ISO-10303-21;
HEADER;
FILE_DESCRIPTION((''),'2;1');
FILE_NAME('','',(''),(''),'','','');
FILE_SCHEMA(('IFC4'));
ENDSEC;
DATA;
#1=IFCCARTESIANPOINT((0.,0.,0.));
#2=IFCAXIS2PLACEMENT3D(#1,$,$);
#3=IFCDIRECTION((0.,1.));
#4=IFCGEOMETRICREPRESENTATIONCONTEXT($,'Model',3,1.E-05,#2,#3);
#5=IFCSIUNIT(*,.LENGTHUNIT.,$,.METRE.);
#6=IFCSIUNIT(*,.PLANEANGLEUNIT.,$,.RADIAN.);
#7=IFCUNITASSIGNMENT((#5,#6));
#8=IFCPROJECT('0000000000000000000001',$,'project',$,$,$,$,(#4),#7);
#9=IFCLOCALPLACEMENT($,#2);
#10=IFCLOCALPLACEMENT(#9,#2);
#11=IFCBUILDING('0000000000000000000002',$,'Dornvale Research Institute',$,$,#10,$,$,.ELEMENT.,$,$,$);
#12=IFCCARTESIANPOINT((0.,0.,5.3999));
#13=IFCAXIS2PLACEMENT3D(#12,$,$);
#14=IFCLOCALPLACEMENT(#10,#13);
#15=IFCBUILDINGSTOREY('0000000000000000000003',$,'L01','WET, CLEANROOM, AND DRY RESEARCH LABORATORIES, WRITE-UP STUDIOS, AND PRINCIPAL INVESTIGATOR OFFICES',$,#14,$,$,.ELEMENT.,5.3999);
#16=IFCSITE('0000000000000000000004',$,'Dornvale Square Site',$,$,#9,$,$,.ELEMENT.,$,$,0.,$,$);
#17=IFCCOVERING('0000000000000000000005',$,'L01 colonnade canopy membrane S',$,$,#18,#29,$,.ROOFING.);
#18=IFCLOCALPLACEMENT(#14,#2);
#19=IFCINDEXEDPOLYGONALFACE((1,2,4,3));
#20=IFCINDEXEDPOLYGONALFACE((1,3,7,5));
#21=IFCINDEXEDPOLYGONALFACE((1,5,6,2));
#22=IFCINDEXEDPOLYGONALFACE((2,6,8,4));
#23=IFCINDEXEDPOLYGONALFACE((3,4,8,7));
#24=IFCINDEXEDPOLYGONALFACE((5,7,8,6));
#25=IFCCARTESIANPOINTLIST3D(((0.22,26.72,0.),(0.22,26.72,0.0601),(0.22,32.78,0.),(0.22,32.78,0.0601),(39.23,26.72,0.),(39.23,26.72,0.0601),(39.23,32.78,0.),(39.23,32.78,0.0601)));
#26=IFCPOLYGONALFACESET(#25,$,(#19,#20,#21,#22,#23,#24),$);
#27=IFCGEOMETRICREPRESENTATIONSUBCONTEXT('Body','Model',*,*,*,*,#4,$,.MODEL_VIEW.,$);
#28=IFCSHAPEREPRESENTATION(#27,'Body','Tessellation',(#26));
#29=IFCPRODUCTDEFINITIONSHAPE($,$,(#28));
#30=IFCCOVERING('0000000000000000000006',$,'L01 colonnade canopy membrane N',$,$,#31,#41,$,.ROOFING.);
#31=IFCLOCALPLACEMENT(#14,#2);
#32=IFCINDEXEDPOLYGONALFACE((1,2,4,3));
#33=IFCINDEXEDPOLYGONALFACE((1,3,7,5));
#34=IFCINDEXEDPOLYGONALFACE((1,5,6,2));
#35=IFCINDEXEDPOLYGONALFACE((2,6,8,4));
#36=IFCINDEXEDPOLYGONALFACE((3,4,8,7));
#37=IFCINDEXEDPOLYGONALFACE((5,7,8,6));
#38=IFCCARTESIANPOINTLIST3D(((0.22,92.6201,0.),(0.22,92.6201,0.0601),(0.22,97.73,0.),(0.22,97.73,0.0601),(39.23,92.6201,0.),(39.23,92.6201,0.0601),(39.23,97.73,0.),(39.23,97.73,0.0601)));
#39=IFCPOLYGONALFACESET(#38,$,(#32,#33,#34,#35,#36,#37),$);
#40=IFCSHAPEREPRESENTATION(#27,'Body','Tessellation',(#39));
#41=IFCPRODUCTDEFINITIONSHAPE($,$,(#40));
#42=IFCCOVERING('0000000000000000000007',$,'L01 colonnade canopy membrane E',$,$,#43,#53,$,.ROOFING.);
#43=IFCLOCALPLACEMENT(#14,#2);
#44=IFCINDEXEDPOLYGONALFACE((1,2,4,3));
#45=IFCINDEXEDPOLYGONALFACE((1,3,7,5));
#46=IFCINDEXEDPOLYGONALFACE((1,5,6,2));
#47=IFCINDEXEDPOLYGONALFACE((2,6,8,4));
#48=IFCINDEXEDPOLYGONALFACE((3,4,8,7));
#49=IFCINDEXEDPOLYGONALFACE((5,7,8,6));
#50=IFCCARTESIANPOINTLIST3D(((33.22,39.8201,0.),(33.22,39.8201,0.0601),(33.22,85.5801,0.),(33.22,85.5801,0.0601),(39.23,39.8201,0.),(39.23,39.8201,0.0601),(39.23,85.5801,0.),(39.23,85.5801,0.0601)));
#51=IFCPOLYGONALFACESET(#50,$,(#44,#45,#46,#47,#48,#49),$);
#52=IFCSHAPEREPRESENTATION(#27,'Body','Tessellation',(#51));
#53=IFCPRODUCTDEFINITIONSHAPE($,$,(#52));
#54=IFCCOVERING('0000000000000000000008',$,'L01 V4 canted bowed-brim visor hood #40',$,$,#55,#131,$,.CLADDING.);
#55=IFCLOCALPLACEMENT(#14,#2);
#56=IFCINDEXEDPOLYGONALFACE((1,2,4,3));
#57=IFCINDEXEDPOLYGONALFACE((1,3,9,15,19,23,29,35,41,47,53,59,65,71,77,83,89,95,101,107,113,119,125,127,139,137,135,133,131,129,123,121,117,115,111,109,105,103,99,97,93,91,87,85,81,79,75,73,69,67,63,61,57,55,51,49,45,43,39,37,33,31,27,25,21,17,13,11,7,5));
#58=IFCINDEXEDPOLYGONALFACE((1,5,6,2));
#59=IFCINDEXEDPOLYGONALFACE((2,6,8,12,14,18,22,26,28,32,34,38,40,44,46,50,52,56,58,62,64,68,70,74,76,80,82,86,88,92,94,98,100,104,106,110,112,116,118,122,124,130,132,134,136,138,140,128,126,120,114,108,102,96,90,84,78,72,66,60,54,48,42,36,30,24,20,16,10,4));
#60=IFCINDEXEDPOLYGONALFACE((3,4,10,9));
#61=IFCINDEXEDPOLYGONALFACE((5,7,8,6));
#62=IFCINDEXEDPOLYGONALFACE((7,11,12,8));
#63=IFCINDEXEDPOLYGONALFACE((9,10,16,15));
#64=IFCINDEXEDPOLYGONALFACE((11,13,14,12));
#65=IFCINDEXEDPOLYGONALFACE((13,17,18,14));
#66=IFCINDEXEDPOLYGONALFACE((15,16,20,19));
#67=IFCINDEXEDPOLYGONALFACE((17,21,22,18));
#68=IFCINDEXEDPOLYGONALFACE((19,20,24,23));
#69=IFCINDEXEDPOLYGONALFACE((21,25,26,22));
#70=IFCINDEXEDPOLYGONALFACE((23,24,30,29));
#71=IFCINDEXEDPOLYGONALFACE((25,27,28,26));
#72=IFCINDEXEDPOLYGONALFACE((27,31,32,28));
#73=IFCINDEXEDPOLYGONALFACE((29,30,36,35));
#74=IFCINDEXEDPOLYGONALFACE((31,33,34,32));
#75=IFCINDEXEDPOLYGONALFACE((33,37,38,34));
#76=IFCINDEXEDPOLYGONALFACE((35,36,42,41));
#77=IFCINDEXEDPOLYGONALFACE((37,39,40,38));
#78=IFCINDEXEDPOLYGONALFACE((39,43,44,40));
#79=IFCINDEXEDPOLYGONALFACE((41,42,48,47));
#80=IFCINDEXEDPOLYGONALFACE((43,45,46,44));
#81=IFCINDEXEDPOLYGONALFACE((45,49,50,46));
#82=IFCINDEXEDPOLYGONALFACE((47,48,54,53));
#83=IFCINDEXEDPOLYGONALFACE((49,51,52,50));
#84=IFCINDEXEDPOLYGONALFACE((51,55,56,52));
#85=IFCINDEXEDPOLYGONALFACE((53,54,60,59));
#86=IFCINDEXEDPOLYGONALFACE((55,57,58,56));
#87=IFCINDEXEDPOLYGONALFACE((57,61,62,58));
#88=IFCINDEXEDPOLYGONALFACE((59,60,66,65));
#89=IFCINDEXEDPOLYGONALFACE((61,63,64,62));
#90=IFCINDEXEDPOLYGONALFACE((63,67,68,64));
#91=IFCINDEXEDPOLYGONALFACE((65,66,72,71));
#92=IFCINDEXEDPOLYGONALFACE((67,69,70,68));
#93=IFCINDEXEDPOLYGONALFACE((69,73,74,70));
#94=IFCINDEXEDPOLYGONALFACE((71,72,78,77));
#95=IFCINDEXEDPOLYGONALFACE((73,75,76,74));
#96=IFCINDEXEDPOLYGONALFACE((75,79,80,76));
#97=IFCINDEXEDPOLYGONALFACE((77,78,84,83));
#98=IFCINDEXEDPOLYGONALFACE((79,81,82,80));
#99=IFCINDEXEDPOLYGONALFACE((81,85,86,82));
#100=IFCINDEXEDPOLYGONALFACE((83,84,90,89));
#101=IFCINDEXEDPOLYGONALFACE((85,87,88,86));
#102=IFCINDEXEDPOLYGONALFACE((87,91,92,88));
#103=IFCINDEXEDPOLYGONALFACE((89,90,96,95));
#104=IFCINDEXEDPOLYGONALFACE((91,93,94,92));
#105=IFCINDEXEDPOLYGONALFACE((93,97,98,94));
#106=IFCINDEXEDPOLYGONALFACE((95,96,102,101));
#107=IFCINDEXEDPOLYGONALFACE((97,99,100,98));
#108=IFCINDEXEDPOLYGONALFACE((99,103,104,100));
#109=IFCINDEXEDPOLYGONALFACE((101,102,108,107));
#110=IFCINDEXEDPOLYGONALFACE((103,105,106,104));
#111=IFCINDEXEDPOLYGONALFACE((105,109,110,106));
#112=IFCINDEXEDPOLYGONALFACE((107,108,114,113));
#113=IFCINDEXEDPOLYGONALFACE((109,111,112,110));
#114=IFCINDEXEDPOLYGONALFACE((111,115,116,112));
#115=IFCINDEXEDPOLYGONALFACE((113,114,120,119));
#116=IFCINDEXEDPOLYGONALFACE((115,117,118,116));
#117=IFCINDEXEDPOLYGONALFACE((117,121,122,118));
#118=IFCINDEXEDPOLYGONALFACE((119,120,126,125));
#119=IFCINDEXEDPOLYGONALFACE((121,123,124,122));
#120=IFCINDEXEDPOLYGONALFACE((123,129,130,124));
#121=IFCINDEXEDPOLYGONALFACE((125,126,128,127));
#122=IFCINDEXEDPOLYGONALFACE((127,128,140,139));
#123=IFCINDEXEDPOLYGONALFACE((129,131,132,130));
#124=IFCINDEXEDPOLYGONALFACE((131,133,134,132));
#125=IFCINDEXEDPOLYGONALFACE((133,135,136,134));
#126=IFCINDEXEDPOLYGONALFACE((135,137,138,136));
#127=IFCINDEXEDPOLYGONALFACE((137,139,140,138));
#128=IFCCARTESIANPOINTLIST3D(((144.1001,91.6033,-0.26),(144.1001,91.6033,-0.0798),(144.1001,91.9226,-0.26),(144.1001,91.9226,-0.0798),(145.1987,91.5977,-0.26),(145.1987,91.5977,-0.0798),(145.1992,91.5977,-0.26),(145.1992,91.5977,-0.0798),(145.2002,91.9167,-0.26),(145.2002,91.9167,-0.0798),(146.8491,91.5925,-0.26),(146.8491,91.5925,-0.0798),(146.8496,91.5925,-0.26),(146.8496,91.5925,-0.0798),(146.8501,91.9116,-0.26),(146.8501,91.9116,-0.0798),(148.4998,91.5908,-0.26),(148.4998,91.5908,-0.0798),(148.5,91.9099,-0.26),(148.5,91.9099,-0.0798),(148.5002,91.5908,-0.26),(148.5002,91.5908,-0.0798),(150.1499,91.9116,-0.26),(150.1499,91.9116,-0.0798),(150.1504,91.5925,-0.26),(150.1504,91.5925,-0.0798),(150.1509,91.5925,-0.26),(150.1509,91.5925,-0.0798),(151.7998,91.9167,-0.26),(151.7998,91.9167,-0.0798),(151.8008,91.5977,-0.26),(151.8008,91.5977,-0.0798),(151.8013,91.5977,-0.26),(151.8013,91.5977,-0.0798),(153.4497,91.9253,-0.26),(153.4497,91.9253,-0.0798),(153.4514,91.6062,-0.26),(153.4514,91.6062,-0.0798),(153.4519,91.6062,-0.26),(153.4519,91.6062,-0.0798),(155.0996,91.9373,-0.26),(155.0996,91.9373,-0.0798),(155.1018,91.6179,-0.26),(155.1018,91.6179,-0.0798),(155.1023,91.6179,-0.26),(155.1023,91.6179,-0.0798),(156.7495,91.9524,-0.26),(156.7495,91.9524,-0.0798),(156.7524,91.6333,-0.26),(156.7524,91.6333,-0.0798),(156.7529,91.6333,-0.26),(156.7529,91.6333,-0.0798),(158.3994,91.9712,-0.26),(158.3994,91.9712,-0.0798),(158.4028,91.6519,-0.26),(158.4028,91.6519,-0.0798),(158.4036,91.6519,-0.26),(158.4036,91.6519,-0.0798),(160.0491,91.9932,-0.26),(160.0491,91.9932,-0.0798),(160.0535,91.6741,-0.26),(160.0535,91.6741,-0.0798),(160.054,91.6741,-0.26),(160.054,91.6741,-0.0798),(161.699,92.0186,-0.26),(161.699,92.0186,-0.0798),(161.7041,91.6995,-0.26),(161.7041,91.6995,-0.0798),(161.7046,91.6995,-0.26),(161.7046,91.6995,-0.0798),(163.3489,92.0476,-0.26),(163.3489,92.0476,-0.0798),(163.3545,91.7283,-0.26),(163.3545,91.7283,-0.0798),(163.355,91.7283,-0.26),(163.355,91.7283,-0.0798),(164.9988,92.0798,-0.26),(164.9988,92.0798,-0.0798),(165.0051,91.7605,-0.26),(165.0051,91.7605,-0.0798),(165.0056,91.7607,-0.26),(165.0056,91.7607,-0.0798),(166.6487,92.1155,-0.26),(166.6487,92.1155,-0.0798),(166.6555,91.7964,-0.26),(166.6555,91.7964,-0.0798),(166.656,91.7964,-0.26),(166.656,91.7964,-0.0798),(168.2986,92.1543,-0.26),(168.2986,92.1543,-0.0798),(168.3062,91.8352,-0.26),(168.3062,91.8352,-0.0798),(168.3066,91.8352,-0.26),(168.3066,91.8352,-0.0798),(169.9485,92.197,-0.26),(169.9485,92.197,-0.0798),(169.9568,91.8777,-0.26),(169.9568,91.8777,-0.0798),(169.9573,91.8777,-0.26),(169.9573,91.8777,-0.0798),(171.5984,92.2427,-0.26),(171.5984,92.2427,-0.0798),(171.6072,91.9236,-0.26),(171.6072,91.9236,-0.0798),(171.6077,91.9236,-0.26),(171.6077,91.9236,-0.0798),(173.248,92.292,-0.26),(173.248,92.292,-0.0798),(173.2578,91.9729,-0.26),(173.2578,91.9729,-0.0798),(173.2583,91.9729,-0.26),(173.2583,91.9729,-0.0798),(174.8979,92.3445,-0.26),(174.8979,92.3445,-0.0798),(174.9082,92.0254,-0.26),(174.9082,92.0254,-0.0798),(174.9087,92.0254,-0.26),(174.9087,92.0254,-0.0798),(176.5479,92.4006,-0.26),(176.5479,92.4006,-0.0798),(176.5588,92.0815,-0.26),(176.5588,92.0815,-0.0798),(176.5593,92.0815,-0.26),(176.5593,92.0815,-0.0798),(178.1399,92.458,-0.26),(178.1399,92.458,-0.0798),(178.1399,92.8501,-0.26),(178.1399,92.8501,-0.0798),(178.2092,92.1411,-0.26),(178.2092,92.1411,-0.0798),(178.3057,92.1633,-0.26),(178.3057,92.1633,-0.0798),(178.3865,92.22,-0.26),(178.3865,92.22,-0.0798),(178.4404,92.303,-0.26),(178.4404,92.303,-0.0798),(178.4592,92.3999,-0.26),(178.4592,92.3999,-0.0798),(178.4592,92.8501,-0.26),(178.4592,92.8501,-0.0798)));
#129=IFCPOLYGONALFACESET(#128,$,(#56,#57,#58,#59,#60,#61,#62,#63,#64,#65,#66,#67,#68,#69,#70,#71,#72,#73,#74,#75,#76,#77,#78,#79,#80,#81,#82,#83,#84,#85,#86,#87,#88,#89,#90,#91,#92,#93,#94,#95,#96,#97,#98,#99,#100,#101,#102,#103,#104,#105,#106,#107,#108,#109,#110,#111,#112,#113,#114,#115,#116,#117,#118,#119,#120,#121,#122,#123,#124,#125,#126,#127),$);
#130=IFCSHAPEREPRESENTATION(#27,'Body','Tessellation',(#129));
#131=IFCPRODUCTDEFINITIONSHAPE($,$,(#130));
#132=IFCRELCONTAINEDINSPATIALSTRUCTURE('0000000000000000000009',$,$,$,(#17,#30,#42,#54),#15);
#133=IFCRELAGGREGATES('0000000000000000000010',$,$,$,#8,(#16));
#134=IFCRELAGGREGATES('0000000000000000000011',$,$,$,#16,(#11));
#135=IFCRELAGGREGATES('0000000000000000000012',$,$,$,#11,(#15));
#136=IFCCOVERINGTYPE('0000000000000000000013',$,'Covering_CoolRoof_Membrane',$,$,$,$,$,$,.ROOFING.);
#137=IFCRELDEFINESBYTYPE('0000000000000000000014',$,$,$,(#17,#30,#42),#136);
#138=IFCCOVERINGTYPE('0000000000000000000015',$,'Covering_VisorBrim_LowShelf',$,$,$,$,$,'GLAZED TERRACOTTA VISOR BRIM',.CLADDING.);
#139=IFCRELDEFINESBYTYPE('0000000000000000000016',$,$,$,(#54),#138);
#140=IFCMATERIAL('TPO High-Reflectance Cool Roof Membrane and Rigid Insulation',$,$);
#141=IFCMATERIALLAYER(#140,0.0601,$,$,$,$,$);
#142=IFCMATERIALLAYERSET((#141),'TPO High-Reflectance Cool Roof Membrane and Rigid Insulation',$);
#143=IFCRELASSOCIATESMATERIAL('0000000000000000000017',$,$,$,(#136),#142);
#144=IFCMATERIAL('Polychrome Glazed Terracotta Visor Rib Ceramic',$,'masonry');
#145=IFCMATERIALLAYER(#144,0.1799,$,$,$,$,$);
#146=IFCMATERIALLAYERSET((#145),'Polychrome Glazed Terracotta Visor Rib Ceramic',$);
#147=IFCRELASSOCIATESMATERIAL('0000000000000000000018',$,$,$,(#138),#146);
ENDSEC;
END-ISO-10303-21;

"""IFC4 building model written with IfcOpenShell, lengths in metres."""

from ifc_helpers import new_model, si_unit, direction, frame, origin, place, context, subcontext, project, spatial, polyline, outline, extrude, material, layer, layer_set, type_object, element, save


model = new_model("IFC4")

# Units and contexts
model_context = context("Model", 3, precision=1e-05, world=origin(), true_north=direction((0.0, 1.0)))
body_context = subcontext(model_context, "Body", "Model", "MODEL_VIEW")
ifc_project = project(units=[si_unit("LENGTHUNIT", "METRE"), si_unit("PLANEANGLEUNIT", "RADIAN")], contexts=[model_context])

# Site, building, storey
site_placement = place(None, origin())
site = spatial("IfcSite", under=ifc_project, at=site_placement, Name="Dornvale Square Site", CompositionType="ELEMENT", RefElevation=0.0)
building_placement = place(site_placement, origin())
building = spatial("IfcBuilding", under=site, at=building_placement, Name="Dornvale Research Institute", CompositionType="ELEMENT")
storey_placement = place(building_placement, frame((0.0, 0.0, 5.3999)))
storey = spatial("IfcBuildingStorey", under=building, at=storey_placement, Name="L01", Description="WET, CLEANROOM, AND DRY RESEARCH LABORATORIES, WRITE-UP STUDIOS, AND PRINCIPAL INVESTIGATOR OFFICES", CompositionType="ELEMENT", Elevation=5.3999)

# Coverings
ifc_material_1 = material(Name="TPO High-Reflectance Cool Roof Membrane and Rigid Insulation")
ifc_layer_1 = layer(ifc_material_1, 0.0601)
ifc_layer_set_1 = layer_set([ifc_layer_1], Name="TPO High-Reflectance Cool Roof Membrane and Rigid Insulation")
covering_type_1 = type_object("IfcCoveringType", Name="Covering_CoolRoof_Membrane", PredefinedType="ROOFING", material=ifc_layer_set_1)
covering_1_placement = place(storey_placement, origin())
element("IfcCovering", 1, at=covering_1_placement, inside=storey, type_object=covering_type_1, Name="L01 colonnade canopy membrane S", PredefinedType="ROOFING", context=body_context, shape_type="SweptSolid", body=[
    extrude(outline(polyline([(0.22, 26.72), (39.23, 26.72), (39.23, 32.78), (0.22, 32.78), (0.22, 26.72)])), origin(), (0.0, 0.0, 1.0), 0.0601),
])
covering_2_placement = place(storey_placement, origin())
element("IfcCovering", 2, at=covering_2_placement, inside=storey, type_object=covering_type_1, Name="L01 colonnade canopy membrane N", PredefinedType="ROOFING", context=body_context, shape_type="SweptSolid", body=[
    extrude(outline(polyline([(0.22, 92.6201), (39.23, 92.6201), (39.23, 97.73), (0.22, 97.73), (0.22, 92.6201)])), origin(), (0.0, 0.0, 1.0), 0.0601),
])
covering_3_placement = place(storey_placement, origin())
element("IfcCovering", 3, at=covering_3_placement, inside=storey, type_object=covering_type_1, Name="L01 colonnade canopy membrane E", PredefinedType="ROOFING", context=body_context, shape_type="SweptSolid", body=[
    extrude(outline(polyline([(33.22, 39.8201), (39.23, 39.8201), (39.23, 85.5801), (33.22, 85.5801), (33.22, 39.8201)])), origin(), (0.0, 0.0, 1.0), 0.0601),
])
ifc_material_2 = material(Name="Polychrome Glazed Terracotta Visor Rib Ceramic", Category="masonry")
ifc_layer_2 = layer(ifc_material_2, 0.1799)
ifc_layer_set_2 = layer_set([ifc_layer_2], Name="Polychrome Glazed Terracotta Visor Rib Ceramic")
covering_type_2 = type_object("IfcCoveringType", Name="Covering_VisorBrim_LowShelf", ElementType="GLAZED TERRACOTTA VISOR BRIM", PredefinedType="CLADDING", material=ifc_layer_set_2)
covering_4_placement = place(storey_placement, frame((0.0, 0.0, -0.26)))
element("IfcCovering", 4, at=covering_4_placement, inside=storey, type_object=covering_type_2, Name="L01 V4 canted bowed-brim visor hood #40", PredefinedType="CLADDING", context=body_context, shape_type="SweptSolid", body=[
    extrude(outline(polyline([(178.4592, 92.3999), (178.4404, 92.303), (178.3865, 92.22), (178.3057, 92.1633), (178.2092, 92.1411), (176.5593, 92.0815), (176.5588, 92.0815), (174.9087, 92.0254), (174.9082, 92.0254), (173.2583, 91.9729), (173.2578, 91.9729), (171.6077, 91.9236), (171.6072, 91.9236), (169.9573, 91.8777), (169.9568, 91.8777), (168.3066, 91.8352), (168.3062, 91.8352), (166.656, 91.7964), (166.6555, 91.7964), (165.0056, 91.7607), (165.0051, 91.7605), (163.355, 91.7283), (163.3545, 91.7283), (161.7046, 91.6995), (161.7041, 91.6995), (160.054, 91.6741), (160.0535, 91.6741), (158.4036, 91.6519), (158.4028, 91.6519), (156.7529, 91.6333), (156.7524, 91.6333), (155.1023, 91.6179), (155.1018, 91.6179), (153.4519, 91.6062), (153.4514, 91.6062), (151.8013, 91.5977), (151.8008, 91.5977), (150.1509, 91.5925), (150.1504, 91.5925), (148.5002, 91.5908), (148.4998, 91.5908), (146.8496, 91.5925), (146.8491, 91.5925), (145.1992, 91.5977), (145.1987, 91.5977), (144.1001, 91.6033), (144.1001, 91.9226), (145.2002, 91.9167), (146.8501, 91.9116), (148.5, 91.9099), (150.1499, 91.9116), (151.7998, 91.9167), (153.4497, 91.9253), (155.0996, 91.9373), (156.7495, 91.9524), (158.3994, 91.9712), (160.0491, 91.9932), (161.699, 92.0186), (163.3489, 92.0476), (164.9988, 92.0798), (166.6487, 92.1155), (168.2986, 92.1543), (169.9485, 92.197), (171.5984, 92.2427), (173.248, 92.292), (174.8979, 92.3445), (176.5479, 92.4006), (178.1399, 92.458), (178.1399, 92.8501), (178.4592, 92.8501), (178.4592, 92.3999)])), origin(), (0.0, 0.0, 1.0), 0.1802),
])

save(model, "model.ifc")
